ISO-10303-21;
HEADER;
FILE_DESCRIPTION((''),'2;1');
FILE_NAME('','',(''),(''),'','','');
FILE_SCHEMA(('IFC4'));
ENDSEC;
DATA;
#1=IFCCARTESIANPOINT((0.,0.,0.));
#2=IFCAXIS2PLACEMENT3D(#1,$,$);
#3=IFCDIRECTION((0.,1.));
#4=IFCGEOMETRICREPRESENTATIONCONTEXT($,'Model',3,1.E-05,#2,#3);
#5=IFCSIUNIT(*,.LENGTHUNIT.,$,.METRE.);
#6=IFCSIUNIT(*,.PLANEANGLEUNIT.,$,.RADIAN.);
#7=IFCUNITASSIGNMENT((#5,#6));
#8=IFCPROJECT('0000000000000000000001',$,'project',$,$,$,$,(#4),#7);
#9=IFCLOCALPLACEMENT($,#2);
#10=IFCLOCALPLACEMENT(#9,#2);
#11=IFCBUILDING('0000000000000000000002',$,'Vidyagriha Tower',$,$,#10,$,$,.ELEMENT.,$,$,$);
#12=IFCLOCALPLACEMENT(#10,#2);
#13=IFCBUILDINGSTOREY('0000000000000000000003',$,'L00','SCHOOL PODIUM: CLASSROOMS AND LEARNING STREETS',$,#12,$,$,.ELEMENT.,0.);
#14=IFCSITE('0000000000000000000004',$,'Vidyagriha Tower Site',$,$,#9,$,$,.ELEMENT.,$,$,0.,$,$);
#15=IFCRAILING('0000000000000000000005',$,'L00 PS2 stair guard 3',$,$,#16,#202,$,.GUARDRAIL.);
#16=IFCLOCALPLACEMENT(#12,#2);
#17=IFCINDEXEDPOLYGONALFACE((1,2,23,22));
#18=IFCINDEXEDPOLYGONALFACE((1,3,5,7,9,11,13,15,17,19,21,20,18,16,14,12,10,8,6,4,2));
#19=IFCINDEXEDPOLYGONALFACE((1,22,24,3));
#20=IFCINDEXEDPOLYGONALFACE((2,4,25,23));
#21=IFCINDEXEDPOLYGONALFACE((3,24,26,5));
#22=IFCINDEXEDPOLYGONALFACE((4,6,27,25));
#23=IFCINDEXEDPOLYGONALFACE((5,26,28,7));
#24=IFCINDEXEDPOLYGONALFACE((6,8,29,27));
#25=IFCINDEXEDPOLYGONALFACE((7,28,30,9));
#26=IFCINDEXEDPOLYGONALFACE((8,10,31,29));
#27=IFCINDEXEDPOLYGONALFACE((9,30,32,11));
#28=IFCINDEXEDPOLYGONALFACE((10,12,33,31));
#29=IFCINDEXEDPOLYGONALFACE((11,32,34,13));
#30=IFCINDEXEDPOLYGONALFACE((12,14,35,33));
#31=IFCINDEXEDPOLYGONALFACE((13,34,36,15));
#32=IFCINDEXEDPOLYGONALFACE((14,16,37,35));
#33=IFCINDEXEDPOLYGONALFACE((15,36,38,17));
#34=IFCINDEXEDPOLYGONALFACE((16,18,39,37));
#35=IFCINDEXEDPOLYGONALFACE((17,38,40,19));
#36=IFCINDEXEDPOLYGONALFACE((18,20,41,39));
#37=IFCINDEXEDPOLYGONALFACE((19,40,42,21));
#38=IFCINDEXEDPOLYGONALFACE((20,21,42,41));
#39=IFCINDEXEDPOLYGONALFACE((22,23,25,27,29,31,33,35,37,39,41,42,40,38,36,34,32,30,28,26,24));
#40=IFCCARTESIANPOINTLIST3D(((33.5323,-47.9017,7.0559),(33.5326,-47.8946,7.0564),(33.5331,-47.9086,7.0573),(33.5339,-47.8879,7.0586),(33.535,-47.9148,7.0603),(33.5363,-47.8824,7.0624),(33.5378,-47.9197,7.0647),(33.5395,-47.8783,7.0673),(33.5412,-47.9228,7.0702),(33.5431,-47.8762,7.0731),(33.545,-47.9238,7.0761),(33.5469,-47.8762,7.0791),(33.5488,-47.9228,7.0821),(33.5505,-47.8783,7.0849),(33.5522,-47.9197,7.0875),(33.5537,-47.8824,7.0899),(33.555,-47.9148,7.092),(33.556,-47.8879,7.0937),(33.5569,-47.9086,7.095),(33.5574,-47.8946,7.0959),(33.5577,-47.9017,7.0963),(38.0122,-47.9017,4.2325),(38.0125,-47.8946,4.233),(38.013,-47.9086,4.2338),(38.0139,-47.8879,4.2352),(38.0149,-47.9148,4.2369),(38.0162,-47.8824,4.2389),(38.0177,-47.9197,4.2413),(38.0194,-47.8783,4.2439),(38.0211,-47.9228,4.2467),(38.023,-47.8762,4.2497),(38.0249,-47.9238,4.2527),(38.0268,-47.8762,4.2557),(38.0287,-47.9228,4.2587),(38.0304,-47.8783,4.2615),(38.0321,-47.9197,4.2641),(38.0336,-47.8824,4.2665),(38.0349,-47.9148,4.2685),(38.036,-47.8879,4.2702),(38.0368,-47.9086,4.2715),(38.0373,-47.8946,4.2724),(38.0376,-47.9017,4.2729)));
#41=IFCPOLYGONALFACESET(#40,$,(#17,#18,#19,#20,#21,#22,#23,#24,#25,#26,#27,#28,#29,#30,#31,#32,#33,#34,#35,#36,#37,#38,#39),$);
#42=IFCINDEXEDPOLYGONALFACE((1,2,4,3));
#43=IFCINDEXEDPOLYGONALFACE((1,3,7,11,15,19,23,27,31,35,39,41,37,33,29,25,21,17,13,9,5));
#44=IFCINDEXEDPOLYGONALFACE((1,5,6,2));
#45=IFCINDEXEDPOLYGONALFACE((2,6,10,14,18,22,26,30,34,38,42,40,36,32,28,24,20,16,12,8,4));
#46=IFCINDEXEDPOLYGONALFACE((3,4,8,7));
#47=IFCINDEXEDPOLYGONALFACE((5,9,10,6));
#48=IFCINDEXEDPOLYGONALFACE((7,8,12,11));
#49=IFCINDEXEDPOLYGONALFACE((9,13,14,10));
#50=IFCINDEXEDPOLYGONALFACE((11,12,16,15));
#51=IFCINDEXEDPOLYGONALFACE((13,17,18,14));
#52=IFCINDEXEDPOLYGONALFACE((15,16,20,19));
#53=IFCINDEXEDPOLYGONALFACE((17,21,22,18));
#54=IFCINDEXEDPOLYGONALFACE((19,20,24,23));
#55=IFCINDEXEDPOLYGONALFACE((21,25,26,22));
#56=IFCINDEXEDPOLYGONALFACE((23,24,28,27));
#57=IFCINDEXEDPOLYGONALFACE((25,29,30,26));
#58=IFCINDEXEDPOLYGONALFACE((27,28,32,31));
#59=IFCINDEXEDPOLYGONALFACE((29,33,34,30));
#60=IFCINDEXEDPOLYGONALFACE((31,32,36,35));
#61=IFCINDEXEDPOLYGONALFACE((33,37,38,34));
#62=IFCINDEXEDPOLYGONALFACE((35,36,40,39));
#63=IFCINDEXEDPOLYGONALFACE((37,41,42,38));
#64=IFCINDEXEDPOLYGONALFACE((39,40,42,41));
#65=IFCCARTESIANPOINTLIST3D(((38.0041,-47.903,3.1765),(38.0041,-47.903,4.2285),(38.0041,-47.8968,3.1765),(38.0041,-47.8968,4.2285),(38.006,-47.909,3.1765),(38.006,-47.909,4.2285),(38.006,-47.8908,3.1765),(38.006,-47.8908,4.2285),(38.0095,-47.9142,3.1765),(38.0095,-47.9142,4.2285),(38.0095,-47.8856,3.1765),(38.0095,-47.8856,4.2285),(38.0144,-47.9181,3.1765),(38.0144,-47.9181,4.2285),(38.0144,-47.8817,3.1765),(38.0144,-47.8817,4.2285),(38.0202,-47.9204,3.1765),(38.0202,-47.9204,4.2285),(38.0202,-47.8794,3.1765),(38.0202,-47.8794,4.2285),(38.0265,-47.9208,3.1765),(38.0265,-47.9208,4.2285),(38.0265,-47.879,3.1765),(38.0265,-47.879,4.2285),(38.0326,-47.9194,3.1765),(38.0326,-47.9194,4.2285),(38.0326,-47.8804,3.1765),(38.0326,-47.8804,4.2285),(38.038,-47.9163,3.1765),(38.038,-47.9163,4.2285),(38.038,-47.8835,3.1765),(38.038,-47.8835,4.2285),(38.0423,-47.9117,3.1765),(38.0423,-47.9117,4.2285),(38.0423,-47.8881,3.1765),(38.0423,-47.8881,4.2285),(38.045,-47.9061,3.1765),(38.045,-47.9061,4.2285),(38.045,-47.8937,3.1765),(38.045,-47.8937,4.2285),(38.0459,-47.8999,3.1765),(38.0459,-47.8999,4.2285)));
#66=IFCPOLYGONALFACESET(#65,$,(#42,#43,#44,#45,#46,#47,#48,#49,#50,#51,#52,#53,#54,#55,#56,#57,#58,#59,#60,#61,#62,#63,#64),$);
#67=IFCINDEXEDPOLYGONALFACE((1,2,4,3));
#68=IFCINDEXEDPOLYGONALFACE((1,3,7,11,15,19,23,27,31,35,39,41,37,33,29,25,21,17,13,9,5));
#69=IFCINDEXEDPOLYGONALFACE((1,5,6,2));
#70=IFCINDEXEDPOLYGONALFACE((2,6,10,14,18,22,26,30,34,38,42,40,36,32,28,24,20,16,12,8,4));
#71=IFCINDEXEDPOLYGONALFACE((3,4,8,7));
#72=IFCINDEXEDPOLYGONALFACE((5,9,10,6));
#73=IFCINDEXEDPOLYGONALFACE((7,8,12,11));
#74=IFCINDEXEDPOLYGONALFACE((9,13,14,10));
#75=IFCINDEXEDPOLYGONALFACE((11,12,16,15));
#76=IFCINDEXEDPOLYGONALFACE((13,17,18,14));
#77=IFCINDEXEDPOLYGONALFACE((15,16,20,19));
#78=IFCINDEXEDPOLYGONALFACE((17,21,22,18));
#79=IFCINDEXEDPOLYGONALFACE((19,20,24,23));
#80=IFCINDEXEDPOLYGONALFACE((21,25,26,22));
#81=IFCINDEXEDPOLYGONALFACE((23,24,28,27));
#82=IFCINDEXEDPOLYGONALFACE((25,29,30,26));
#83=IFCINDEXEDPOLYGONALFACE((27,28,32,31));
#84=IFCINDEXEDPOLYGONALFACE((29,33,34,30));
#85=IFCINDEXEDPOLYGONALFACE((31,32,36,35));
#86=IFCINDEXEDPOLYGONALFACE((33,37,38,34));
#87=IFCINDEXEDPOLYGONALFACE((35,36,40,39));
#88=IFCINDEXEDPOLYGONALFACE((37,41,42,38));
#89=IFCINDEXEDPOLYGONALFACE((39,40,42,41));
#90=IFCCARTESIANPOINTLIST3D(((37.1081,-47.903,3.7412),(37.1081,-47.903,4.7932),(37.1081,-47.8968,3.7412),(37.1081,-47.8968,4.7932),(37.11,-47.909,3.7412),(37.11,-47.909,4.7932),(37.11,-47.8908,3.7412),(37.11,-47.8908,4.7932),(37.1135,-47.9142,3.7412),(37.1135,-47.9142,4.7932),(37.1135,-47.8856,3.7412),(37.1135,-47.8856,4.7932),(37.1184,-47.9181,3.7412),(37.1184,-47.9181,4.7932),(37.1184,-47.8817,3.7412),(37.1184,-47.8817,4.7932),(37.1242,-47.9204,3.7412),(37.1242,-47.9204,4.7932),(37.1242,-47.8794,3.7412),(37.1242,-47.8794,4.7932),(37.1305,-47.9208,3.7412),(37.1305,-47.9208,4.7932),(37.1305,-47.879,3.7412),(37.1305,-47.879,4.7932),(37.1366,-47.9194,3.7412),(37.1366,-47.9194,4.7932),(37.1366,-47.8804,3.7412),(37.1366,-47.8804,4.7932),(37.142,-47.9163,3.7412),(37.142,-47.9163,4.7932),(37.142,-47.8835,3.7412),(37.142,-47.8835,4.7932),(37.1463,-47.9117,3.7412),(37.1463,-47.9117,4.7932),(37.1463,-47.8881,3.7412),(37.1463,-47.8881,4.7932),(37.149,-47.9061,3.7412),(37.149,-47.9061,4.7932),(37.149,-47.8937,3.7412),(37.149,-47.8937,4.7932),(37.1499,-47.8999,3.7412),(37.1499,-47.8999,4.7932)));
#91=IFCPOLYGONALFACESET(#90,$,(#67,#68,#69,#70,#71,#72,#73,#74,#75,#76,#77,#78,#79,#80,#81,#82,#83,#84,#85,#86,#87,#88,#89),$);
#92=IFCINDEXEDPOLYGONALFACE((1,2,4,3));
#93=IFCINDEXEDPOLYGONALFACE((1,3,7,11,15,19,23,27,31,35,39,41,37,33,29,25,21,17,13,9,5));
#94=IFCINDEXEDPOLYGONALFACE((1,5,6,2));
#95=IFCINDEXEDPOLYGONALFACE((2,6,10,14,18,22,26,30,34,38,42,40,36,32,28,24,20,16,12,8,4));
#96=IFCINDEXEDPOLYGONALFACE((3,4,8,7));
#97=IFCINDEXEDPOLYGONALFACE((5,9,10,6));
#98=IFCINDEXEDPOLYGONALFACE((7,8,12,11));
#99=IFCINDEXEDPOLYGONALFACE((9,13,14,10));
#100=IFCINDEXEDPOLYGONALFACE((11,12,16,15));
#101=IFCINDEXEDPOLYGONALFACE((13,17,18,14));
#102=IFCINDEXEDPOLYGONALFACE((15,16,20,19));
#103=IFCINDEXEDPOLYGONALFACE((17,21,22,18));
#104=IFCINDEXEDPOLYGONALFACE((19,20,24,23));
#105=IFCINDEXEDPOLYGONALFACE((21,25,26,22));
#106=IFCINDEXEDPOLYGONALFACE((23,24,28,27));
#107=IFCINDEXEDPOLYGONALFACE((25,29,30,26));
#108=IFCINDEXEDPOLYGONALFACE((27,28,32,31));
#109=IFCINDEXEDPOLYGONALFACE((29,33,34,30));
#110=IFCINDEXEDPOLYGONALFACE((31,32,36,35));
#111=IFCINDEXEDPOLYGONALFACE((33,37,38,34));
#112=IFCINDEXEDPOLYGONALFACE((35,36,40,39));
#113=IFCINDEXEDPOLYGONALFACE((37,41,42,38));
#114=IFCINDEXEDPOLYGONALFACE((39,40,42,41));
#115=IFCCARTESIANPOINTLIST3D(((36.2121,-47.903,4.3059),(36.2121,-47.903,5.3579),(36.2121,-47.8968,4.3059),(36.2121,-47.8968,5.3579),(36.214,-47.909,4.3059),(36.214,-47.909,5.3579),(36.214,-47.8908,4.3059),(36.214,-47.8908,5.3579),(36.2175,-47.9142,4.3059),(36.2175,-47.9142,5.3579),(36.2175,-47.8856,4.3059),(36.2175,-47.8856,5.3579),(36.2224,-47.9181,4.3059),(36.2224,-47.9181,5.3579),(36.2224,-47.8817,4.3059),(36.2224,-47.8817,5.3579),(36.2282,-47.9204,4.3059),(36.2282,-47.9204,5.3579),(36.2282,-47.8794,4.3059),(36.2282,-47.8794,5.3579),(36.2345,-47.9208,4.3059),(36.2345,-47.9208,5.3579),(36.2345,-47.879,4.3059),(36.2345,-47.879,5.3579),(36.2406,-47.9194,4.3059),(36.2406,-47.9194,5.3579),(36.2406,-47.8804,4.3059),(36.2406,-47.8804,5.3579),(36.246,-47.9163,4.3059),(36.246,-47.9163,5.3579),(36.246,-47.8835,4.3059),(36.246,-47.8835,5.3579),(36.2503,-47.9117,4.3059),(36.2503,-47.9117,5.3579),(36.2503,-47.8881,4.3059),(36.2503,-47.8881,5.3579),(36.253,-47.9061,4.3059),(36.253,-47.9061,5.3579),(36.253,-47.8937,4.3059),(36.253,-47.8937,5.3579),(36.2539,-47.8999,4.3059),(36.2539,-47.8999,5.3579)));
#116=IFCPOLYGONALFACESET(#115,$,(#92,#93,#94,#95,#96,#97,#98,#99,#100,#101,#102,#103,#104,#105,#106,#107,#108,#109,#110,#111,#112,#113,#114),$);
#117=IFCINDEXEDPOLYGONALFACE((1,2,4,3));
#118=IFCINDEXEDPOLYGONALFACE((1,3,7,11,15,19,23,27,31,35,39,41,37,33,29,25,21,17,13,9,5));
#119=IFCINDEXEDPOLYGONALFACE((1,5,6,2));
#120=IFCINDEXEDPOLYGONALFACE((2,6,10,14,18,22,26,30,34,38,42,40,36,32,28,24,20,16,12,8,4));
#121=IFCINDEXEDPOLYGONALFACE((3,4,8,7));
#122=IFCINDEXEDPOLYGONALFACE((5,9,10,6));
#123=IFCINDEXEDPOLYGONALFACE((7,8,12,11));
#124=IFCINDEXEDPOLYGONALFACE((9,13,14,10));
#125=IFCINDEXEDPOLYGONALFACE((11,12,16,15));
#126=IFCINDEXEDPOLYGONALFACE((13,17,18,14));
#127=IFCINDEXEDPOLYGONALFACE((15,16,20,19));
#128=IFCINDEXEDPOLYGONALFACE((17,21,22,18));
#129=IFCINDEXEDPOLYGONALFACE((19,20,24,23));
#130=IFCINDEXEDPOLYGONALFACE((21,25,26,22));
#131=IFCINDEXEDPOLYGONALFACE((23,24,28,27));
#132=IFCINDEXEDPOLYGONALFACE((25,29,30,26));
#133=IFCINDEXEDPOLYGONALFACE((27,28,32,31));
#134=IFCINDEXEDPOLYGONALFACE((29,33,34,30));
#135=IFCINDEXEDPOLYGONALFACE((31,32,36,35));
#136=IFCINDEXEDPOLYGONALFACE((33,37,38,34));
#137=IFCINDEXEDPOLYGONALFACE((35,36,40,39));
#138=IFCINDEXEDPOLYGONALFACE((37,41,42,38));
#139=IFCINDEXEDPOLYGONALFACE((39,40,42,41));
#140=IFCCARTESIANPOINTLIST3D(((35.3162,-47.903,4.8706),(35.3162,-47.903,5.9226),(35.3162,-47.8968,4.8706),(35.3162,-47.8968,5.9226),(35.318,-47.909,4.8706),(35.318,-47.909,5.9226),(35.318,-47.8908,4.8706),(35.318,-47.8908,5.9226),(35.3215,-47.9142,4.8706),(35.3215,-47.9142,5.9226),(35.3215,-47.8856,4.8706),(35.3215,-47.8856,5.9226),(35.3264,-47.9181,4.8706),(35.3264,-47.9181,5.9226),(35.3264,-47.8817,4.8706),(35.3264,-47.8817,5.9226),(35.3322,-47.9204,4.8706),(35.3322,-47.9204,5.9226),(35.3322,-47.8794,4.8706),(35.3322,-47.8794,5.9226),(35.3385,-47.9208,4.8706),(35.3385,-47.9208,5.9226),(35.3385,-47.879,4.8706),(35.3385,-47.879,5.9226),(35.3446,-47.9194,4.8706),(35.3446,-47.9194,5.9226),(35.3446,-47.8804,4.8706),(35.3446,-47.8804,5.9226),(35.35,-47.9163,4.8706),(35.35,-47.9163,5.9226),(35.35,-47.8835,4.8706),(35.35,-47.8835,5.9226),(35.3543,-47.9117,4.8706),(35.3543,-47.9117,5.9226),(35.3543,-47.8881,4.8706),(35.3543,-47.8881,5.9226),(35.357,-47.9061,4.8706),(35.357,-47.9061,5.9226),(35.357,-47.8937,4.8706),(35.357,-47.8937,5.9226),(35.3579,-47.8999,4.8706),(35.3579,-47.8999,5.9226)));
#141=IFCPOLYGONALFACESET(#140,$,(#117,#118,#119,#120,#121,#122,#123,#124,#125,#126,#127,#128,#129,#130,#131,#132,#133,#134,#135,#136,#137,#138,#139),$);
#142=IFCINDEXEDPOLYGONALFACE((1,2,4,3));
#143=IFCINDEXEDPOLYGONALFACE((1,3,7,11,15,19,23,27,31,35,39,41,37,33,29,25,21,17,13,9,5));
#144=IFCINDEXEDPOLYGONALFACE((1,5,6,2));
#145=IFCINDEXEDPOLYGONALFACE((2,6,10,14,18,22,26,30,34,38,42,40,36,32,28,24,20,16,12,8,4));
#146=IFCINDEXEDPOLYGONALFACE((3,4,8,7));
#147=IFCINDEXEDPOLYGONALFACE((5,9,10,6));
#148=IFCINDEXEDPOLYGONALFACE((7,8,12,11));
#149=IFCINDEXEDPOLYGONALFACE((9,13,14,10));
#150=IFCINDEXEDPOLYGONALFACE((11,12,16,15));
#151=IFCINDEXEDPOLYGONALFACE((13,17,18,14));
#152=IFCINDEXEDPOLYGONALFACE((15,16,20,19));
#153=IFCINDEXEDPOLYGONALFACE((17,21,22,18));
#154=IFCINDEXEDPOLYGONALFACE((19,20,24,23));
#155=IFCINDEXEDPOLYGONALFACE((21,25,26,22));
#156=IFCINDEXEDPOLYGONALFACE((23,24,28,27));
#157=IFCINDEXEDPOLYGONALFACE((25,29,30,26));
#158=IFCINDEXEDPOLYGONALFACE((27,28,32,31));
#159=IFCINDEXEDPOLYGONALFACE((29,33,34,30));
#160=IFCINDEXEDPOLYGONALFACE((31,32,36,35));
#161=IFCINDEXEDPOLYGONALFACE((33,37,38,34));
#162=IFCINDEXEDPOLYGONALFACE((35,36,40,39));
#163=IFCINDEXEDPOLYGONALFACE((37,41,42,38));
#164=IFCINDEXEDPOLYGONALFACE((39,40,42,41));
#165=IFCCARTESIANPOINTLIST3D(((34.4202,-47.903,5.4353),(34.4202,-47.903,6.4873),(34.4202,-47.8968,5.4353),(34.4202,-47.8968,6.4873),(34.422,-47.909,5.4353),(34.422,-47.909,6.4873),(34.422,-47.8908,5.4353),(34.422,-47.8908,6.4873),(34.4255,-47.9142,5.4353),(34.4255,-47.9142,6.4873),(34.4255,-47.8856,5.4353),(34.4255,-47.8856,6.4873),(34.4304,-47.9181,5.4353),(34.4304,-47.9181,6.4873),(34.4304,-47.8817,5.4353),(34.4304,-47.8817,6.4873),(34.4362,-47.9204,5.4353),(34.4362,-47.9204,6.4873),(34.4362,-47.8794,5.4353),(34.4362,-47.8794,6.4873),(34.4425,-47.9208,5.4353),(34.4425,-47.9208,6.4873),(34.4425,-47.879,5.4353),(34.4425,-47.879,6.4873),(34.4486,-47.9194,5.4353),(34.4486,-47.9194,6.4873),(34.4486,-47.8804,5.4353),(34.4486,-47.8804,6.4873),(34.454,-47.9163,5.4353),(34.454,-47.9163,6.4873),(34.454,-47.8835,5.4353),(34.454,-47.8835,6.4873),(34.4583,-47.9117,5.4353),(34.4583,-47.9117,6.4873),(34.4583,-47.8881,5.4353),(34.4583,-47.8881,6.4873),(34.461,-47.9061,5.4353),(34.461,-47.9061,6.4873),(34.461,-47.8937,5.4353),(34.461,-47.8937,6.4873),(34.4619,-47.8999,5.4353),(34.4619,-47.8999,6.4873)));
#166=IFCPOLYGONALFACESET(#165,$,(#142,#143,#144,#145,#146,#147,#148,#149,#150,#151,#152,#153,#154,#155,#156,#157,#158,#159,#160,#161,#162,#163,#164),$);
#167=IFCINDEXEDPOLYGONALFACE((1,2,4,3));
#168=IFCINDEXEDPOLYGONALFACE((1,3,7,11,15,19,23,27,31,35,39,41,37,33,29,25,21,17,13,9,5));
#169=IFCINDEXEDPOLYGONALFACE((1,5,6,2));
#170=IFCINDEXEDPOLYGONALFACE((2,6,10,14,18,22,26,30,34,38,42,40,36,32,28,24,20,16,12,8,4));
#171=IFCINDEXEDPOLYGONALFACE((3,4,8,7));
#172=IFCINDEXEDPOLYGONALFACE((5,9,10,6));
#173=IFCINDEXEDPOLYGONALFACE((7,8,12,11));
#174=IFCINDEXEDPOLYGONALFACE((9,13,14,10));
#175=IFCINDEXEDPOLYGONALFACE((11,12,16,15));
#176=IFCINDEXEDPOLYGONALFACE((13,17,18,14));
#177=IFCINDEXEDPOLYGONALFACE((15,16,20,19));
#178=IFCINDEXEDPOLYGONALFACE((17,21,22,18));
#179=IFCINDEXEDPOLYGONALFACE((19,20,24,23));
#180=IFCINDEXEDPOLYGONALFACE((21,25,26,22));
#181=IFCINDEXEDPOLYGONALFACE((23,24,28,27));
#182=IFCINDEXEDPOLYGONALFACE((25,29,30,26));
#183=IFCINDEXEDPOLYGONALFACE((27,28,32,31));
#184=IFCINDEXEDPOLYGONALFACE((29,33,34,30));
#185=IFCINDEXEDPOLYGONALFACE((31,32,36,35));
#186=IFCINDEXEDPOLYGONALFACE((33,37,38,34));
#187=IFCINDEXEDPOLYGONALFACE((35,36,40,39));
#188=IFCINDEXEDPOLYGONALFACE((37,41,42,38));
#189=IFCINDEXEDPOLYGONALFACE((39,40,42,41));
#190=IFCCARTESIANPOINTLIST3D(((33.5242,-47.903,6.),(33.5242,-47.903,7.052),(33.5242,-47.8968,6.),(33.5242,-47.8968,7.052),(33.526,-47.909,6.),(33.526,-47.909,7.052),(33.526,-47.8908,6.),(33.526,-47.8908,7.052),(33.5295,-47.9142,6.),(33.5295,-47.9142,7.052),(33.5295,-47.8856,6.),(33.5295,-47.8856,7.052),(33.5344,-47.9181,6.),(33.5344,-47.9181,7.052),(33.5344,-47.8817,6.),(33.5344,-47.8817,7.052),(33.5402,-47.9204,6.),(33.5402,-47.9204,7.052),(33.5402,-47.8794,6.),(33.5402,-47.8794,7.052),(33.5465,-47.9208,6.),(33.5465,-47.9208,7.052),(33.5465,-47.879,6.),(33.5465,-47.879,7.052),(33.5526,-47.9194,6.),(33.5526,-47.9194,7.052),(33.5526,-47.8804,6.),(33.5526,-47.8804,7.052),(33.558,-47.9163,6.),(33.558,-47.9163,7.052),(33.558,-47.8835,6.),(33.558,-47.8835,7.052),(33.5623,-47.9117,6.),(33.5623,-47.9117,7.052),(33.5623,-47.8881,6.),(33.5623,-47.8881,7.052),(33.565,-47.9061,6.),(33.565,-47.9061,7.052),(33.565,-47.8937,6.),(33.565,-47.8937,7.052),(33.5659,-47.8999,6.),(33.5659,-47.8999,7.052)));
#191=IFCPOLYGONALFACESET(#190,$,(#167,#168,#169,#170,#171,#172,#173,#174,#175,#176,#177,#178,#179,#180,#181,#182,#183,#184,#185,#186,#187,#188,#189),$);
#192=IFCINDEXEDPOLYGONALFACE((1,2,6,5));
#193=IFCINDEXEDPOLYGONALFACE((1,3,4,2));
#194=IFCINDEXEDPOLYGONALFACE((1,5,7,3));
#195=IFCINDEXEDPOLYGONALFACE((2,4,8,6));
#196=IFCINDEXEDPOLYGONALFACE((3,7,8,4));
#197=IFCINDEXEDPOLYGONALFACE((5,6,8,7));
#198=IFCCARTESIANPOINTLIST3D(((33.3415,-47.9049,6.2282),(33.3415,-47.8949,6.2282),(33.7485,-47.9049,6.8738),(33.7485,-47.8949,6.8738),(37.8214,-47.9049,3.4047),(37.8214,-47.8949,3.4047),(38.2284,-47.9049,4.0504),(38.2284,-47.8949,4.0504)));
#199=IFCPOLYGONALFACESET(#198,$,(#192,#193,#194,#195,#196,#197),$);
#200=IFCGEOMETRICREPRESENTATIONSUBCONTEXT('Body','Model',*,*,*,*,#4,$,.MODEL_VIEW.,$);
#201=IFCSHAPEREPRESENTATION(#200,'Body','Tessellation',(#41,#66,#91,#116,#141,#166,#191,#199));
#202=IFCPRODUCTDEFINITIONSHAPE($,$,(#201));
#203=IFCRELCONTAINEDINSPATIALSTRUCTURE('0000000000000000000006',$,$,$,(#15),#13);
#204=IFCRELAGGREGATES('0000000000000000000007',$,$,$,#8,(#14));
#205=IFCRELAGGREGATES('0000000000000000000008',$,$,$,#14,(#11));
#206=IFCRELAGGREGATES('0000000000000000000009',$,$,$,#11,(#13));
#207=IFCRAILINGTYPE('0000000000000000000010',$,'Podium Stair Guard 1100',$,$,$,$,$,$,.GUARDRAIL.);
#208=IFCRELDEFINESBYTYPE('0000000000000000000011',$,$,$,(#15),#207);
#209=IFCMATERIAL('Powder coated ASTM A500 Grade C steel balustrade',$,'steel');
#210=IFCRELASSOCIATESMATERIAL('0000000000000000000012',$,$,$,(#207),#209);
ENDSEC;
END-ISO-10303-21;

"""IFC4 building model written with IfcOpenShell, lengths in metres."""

from ifc_helpers import new_model, si_unit, direction, frame, origin, origin_2d, place, context, subcontext, project, spatial, rectangle, circle, extrude, material, type_object, element, save


model = new_model("IFC4")

# Units and contexts
model_context = context("Model", 3, precision=1e-05, world=origin(), true_north=direction((0.0, 1.0)))
body_context = subcontext(model_context, "Body", "Model", "MODEL_VIEW")
ifc_project = project(units=[si_unit("LENGTHUNIT", "METRE"), si_unit("PLANEANGLEUNIT", "RADIAN")], contexts=[model_context])

# Site, building, storey
site_placement = place(None, origin())
site = spatial("IfcSite", under=ifc_project, at=site_placement, Name="Vidyagriha Tower Site", CompositionType="ELEMENT", RefElevation=0.0)
building_placement = place(site_placement, origin())
building = spatial("IfcBuilding", under=site, at=building_placement, Name="Vidyagriha Tower", CompositionType="ELEMENT")
storey_placement = place(building_placement, origin())
storey = spatial("IfcBuildingStorey", under=building, at=storey_placement, Name="L00", Description="SCHOOL PODIUM: CLASSROOMS AND LEARNING STREETS", CompositionType="ELEMENT", Elevation=0.0)

# Railing
ifc_material_1 = material(Name="Powder coated ASTM A500 Grade C steel balustrade", Category="steel")
railing_type_1 = type_object("IfcRailingType", Name="Podium Stair Guard 1100", PredefinedType="GUARDRAIL", material=ifc_material_1)
railing_1_placement = place(storey_placement, frame((38.0249, -47.8999, 3.1765)))
element("IfcRailing", 1, at=railing_1_placement, inside=storey, type_object=railing_type_1, Name="L00 PS2 stair guard 3", PredefinedType="GUARDRAIL", context=body_context, shape_type="SweptSolid", body=[
    extrude(circle(Radius=0.0239, at=origin_2d()), frame((0.0, 0.0, 1.0762), z_axis=(-0.845998, 0.0, 0.533186), x_axis=(0.0, -1.0, 0.0)), (0.0, 0.0, 1.0), 5.2954),
    extrude(circle(Radius=0.021, at=origin_2d()), origin(), (0.0, 0.0, 1.0), 1.052),
    extrude(circle(Radius=0.021, at=origin_2d()), frame((-0.896, 0.0, 0.5647)), (0.0, 0.0, 1.0), 1.052),
    extrude(circle(Radius=0.021, at=origin_2d()), frame((-1.792, 0.0, 1.1294)), (0.0, 0.0, 1.0), 1.052),
    extrude(circle(Radius=0.021, at=origin_2d()), frame((-2.688, 0.0, 1.6941)), (0.0, 0.0, 1.0), 1.052),
    extrude(circle(Radius=0.021, at=origin_2d()), frame((-3.584, 0.0, 2.2588)), (0.0, 0.0, 1.0), 1.052),
    extrude(circle(Radius=0.021, at=origin_2d()), frame((-4.48, 0.0, 2.8235)), (0.0, 0.0, 1.0), 1.052),
    extrude(rectangle(XDim=0.01, YDim=0.7632, at=origin_2d()), frame((0.0, 0.0, 0.551), z_axis=(-0.845998, 0.0, 0.533186), x_axis=(0.0, -1.0, 0.0)), (0.0, 0.0, 1.0), 5.2954),
])

save(model, "model.ifc")
